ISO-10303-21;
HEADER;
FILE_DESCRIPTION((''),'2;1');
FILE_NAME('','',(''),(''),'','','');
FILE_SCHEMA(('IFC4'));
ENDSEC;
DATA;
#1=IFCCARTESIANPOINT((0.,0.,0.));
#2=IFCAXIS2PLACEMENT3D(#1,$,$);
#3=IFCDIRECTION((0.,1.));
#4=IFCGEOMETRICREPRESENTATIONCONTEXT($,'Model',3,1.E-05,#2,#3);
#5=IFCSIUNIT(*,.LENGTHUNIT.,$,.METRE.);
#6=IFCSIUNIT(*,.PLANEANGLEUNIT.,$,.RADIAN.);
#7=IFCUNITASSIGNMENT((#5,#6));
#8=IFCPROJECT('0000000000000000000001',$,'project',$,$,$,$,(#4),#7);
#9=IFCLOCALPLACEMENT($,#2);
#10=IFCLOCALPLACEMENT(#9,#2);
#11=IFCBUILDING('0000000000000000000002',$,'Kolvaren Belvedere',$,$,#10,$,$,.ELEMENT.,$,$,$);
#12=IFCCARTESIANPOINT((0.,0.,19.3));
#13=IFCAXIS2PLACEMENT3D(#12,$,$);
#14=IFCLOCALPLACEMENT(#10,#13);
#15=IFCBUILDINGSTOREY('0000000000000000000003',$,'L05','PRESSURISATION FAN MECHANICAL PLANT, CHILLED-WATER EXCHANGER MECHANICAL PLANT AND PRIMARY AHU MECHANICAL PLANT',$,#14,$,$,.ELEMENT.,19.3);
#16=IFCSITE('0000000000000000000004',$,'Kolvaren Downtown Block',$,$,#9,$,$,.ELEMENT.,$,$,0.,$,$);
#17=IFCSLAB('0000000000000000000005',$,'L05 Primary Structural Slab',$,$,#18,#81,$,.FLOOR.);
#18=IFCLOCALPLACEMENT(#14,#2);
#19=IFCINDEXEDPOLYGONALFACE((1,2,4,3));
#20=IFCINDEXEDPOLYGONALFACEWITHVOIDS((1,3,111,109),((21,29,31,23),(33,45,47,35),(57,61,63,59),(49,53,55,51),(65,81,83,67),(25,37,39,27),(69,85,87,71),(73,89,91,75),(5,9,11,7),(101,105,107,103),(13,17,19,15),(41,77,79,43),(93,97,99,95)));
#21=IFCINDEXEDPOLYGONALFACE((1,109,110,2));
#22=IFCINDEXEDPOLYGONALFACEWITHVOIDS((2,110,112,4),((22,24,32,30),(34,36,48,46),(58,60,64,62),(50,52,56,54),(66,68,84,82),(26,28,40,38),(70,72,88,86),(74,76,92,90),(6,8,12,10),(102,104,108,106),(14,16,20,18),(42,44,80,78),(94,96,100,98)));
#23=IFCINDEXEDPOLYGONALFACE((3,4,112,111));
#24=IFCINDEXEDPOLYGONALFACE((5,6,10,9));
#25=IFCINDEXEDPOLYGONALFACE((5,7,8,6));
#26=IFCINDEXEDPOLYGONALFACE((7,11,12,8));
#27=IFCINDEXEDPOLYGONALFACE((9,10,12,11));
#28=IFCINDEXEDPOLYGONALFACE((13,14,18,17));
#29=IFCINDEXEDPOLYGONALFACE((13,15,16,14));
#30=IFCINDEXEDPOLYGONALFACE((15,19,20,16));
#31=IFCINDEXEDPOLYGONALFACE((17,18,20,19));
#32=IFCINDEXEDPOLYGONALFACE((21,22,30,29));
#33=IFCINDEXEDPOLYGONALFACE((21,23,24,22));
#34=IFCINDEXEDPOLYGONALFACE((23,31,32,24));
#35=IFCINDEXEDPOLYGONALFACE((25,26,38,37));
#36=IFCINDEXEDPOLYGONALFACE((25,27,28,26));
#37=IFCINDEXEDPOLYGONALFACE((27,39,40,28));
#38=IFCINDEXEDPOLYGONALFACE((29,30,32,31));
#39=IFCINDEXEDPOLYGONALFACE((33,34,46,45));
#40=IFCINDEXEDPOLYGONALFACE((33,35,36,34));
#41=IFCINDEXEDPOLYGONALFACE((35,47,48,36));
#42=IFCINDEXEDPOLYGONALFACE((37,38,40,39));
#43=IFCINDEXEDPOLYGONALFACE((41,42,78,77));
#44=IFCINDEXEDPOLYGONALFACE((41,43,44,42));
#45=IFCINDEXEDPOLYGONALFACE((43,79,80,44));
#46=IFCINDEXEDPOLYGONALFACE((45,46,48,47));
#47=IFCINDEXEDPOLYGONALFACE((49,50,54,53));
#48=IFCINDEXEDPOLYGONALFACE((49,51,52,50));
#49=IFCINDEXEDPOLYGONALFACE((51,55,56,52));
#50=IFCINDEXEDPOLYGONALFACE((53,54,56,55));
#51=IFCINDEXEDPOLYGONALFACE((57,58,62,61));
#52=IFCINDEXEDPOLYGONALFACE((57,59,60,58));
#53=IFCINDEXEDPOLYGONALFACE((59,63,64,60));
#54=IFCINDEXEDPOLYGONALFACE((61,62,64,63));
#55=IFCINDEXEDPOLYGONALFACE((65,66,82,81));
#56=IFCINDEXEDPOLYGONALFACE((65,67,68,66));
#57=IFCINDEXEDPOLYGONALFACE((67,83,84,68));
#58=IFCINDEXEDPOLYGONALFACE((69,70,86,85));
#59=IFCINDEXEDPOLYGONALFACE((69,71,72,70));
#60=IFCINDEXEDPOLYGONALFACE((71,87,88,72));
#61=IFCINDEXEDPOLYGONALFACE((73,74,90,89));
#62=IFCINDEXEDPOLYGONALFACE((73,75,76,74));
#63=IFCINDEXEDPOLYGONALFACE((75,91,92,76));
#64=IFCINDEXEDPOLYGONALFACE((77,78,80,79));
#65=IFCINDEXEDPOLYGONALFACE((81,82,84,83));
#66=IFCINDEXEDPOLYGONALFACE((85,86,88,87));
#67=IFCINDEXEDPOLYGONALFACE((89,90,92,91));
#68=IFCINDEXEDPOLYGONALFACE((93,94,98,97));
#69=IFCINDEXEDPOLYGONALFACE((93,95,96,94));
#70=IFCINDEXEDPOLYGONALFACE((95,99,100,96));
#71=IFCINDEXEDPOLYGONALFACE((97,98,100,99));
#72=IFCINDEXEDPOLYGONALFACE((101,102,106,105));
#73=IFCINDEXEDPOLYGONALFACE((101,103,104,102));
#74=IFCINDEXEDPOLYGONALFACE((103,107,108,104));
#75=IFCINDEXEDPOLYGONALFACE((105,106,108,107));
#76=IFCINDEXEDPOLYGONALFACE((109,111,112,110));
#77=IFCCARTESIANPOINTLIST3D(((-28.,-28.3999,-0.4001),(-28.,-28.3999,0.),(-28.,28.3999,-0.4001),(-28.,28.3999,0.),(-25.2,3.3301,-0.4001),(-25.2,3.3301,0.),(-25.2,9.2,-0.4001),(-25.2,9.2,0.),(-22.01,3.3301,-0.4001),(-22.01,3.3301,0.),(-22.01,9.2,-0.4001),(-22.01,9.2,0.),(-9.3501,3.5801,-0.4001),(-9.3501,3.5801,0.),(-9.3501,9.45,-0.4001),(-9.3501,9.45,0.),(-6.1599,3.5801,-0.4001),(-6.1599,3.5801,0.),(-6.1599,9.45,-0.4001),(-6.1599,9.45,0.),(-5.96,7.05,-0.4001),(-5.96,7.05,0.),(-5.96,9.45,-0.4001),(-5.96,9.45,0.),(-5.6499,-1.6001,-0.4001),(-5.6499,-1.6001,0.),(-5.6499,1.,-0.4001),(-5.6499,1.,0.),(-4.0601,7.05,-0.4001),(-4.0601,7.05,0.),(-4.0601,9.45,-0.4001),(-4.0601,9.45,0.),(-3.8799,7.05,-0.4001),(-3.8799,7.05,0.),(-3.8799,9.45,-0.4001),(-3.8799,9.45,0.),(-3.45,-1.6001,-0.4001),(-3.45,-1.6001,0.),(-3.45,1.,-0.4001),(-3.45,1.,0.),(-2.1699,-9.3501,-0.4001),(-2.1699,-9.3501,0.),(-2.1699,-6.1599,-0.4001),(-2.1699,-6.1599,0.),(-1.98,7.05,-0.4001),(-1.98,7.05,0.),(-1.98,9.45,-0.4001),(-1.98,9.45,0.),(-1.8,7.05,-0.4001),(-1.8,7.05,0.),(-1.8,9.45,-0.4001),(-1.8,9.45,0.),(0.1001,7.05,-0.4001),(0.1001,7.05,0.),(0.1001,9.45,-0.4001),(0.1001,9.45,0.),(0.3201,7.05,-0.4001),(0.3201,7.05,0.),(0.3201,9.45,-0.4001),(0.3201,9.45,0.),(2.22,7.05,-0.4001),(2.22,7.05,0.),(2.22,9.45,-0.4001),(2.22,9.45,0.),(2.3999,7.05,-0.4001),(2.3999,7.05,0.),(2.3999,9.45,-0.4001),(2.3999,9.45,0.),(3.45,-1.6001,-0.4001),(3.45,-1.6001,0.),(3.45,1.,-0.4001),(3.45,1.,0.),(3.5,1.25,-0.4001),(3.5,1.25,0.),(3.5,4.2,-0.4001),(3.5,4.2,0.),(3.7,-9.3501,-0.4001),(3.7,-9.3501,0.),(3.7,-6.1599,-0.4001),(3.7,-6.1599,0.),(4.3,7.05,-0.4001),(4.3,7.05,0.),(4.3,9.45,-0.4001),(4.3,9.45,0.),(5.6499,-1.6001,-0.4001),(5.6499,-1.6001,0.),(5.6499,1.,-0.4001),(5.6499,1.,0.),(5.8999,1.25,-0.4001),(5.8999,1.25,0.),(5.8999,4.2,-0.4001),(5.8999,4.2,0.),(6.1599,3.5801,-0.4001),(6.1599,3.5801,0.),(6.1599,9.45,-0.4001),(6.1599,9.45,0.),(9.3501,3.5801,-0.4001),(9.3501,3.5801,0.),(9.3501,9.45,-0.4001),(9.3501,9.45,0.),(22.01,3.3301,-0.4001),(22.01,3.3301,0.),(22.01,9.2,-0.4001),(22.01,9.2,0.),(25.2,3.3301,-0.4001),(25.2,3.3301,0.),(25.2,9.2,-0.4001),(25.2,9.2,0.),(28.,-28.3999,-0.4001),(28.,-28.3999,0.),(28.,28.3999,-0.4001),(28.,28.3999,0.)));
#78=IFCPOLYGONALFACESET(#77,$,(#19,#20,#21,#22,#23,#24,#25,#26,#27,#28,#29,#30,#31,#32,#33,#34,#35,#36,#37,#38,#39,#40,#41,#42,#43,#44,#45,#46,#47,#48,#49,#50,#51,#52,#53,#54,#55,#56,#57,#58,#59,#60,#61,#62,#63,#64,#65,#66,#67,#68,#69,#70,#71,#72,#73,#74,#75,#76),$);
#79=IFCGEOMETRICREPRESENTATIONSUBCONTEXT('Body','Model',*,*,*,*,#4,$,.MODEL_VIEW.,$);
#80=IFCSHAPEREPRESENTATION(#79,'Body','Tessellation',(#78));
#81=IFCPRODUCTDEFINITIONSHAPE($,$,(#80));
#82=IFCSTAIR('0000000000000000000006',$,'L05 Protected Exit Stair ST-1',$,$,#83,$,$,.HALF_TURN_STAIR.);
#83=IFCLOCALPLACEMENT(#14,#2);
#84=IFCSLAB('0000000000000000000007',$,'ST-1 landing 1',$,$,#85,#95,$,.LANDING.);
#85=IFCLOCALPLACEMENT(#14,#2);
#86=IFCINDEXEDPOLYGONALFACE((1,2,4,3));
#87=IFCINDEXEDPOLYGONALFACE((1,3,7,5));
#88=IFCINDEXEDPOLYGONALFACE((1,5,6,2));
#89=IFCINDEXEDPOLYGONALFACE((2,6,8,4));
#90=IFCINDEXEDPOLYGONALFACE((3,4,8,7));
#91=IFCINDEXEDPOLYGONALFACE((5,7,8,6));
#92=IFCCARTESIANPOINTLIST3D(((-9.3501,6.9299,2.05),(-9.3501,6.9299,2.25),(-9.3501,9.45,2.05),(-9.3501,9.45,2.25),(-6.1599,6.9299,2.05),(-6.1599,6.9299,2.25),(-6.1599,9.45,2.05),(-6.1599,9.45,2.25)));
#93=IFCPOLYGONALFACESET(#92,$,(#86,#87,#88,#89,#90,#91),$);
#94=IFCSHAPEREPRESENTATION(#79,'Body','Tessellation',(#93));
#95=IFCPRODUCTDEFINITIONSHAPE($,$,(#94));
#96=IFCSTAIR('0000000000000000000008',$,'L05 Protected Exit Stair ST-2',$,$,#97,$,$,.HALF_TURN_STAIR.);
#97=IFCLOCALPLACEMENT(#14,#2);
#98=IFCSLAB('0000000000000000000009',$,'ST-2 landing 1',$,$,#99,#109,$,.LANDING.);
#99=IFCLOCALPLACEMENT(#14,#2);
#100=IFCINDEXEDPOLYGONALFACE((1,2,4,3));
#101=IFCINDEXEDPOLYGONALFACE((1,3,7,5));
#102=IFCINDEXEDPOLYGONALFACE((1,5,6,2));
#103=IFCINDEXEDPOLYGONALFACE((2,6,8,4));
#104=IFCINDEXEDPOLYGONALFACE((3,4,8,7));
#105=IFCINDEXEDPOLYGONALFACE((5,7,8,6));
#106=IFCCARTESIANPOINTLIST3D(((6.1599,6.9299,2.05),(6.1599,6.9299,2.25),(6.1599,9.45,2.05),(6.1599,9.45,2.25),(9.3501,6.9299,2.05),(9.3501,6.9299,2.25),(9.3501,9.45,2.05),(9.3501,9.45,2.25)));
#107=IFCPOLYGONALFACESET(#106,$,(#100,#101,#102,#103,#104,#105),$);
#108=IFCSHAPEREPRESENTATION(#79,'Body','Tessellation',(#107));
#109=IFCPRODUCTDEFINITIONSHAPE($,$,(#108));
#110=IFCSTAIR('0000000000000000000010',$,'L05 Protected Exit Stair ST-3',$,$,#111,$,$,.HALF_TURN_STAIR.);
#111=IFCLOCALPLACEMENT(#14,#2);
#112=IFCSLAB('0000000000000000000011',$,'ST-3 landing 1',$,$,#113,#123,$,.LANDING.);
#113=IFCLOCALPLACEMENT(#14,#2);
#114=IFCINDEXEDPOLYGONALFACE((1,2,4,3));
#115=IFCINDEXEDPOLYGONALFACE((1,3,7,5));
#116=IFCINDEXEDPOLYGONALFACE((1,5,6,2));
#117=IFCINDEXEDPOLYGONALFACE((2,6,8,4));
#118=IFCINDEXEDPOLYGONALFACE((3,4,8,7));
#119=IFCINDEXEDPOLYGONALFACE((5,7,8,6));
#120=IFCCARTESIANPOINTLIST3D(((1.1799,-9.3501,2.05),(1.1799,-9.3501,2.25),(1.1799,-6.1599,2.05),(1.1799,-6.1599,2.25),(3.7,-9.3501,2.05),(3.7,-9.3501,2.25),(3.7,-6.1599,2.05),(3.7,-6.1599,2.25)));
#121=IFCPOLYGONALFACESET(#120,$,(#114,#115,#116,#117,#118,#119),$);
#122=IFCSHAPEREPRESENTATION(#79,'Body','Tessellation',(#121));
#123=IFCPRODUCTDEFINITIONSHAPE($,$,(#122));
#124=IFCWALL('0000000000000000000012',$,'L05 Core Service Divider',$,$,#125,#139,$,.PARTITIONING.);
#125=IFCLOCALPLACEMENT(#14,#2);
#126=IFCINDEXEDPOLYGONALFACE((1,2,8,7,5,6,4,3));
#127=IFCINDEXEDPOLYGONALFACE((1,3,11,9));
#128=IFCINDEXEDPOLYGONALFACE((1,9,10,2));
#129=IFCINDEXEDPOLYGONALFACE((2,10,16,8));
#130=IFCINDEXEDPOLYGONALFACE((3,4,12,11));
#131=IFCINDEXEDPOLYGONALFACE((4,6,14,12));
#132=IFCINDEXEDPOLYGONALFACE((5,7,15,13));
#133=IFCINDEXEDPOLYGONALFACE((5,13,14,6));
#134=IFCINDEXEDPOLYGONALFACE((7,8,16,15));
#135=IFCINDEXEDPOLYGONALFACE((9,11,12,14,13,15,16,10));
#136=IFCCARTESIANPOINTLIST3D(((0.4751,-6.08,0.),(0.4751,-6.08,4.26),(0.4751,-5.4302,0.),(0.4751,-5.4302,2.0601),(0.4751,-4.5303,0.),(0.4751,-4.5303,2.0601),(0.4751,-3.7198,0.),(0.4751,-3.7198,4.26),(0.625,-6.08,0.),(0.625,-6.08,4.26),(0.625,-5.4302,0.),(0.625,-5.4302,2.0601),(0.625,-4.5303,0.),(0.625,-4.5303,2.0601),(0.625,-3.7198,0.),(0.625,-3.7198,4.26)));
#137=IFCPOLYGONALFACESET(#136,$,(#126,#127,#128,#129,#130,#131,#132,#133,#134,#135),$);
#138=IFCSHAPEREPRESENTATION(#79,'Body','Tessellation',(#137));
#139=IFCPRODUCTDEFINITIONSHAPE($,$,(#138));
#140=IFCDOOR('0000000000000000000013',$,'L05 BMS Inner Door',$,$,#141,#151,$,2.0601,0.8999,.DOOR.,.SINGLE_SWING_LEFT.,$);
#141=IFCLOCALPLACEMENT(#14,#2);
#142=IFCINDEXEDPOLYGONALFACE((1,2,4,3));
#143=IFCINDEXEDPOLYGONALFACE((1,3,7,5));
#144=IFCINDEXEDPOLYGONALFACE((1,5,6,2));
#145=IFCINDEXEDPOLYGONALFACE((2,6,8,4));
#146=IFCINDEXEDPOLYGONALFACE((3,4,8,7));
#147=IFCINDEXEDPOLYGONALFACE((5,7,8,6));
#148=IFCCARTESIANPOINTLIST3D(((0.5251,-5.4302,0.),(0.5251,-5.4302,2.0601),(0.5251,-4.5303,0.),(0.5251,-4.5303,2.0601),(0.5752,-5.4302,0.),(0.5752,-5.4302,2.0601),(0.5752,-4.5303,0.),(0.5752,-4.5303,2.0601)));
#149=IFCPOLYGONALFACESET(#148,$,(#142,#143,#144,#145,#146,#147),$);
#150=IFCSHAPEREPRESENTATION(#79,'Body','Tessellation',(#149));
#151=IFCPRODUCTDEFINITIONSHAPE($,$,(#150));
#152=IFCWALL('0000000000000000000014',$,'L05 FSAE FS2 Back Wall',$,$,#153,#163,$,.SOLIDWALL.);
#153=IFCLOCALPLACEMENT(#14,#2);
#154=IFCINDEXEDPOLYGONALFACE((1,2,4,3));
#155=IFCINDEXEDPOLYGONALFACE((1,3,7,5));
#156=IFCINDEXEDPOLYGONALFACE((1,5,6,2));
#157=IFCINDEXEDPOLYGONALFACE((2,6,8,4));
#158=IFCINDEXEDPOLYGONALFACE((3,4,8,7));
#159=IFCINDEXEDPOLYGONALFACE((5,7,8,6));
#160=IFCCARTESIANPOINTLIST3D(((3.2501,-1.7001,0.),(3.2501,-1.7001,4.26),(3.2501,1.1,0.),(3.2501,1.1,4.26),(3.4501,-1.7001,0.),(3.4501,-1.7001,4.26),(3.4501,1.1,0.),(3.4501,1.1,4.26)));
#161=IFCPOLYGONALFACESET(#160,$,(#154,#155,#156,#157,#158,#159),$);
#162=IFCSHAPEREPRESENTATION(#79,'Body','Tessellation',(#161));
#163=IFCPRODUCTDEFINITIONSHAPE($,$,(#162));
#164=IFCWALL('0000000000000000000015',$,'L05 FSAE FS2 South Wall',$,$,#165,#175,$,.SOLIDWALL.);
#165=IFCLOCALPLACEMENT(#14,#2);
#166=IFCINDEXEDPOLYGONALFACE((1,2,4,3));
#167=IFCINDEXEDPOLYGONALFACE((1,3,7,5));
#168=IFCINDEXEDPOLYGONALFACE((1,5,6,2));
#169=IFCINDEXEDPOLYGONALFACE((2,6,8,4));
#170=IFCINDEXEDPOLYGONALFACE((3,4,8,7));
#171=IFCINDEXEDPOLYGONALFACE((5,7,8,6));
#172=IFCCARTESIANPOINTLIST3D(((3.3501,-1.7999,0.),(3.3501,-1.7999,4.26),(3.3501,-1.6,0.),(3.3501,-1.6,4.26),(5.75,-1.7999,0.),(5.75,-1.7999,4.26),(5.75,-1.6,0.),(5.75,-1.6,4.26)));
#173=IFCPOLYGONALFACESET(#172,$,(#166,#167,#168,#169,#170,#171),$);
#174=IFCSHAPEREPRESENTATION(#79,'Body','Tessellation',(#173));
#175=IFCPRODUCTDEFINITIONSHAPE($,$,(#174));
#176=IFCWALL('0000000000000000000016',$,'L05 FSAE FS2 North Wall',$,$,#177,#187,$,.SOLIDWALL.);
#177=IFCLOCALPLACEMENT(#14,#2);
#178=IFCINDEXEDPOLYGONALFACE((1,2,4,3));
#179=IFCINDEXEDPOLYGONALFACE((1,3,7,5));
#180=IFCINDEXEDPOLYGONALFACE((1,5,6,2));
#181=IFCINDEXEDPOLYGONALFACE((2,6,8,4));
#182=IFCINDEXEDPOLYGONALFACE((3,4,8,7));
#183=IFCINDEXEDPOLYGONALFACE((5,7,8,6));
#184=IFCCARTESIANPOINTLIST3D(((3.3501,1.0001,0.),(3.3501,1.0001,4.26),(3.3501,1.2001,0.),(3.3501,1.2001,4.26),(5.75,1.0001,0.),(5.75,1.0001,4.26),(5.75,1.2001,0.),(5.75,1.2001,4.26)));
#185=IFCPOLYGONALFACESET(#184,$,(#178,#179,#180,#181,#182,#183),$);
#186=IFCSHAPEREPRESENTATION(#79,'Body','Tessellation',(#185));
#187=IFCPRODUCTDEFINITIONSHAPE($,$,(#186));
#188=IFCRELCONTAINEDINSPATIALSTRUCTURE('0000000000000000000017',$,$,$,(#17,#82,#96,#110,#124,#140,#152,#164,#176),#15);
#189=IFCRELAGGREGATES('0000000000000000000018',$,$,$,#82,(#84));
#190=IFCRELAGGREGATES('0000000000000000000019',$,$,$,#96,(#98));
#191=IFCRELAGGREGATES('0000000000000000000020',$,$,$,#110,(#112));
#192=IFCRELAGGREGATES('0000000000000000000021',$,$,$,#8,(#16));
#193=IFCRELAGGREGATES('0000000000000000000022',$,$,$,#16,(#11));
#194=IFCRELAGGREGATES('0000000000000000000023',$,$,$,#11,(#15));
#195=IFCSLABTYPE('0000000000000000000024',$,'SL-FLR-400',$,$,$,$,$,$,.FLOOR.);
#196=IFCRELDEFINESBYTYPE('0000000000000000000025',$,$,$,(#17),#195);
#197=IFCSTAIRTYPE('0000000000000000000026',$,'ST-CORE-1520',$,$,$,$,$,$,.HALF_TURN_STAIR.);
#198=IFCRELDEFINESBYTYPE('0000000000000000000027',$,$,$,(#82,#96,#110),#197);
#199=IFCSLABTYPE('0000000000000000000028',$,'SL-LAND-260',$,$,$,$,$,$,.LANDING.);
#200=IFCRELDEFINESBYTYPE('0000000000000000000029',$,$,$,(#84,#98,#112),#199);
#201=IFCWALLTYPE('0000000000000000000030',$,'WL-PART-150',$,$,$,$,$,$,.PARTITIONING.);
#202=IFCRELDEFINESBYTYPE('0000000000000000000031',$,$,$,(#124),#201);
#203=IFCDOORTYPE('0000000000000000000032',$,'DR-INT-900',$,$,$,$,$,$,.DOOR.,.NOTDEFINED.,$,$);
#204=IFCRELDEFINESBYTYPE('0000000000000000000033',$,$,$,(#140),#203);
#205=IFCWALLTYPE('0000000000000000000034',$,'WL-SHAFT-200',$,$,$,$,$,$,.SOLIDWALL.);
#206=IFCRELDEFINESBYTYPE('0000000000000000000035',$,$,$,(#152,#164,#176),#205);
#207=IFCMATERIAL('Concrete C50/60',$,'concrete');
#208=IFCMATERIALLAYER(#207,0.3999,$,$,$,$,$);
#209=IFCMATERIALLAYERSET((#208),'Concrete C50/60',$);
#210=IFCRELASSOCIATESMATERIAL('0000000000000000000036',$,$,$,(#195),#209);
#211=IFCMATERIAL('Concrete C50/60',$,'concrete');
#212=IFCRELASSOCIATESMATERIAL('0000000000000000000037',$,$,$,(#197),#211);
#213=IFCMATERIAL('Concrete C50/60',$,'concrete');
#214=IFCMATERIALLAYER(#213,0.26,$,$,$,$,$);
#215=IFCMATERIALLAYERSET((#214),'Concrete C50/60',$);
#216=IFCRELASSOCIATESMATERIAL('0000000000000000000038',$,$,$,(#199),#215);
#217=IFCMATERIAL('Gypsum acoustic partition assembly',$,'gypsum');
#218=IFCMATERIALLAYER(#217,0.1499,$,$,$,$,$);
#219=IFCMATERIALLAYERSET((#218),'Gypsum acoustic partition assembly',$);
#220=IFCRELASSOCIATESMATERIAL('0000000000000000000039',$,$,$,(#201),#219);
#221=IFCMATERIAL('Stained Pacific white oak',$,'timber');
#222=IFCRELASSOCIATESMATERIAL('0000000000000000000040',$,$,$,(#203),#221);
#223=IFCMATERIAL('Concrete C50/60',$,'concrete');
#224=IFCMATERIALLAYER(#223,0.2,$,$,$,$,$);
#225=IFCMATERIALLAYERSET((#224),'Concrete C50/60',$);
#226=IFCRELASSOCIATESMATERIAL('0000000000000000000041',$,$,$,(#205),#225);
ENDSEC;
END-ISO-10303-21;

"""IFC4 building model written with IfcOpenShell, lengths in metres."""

from ifc_helpers import new_model, si_unit, direction, frame, frame_2d, origin, place, context, subcontext, project, spatial, polyline, rectangle, outline, extrude, material, layer, layer_set, type_object, element, fill, aggregate, save


model = new_model("IFC4")

# Units and contexts
model_context = context("Model", 3, precision=1e-05, world=origin(), true_north=direction((0.0, 1.0)))
body_context = subcontext(model_context, "Body", "Model", "MODEL_VIEW")
ifc_project = project(units=[si_unit("LENGTHUNIT", "METRE"), si_unit("PLANEANGLEUNIT", "RADIAN")], contexts=[model_context])

# Site, building, storey
site_placement = place(None, origin())
site = spatial("IfcSite", under=ifc_project, at=site_placement, Name="Kolvaren Downtown Block", CompositionType="ELEMENT", RefElevation=0.0)
building_placement = place(site_placement, origin())
building = spatial("IfcBuilding", under=site, at=building_placement, Name="Kolvaren Belvedere", CompositionType="ELEMENT")
storey_placement = place(building_placement, frame((0.0, 0.0, 19.3)))
storey = spatial("IfcBuildingStorey", under=building, at=storey_placement, Name="L05", Description="PRESSURISATION FAN MECHANICAL PLANT, CHILLED-WATER EXCHANGER MECHANICAL PLANT AND PRIMARY AHU MECHANICAL PLANT", CompositionType="ELEMENT", Elevation=19.3)

# Slab
ifc_material_1 = material(Name="Concrete C50/60", Category="concrete")
ifc_layer_1 = layer(ifc_material_1, 0.3999)
ifc_layer_set_1 = layer_set([ifc_layer_1], Name="Concrete C50/60")
slab_type_1 = type_object("IfcSlabType", Name="SL-FLR-400", PredefinedType="FLOOR", material=ifc_layer_set_1)
slab_1_placement = place(storey_placement, frame((0.0, 0.0, -0.4001)))
element("IfcSlab", 1, at=slab_1_placement, inside=storey, type_object=slab_type_1, Name="L05 Primary Structural Slab", PredefinedType="FLOOR", context=body_context, shape_type="SweptSolid", body=[
    extrude(outline(polyline([(-28.0, -28.3999), (28.0, -28.3999), (28.0, 28.3999), (-28.0, 28.3999), (-28.0, -28.3999)]), holes=[polyline([(-9.3501, 3.5801), (-6.1599, 3.5801), (-6.1599, 9.45), (-9.3501, 9.45), (-9.3501, 3.5801)]), polyline([(6.1599, 3.5801), (9.3501, 3.5801), (9.3501, 9.45), (6.1599, 9.45), (6.1599, 3.5801)]), polyline([(-2.1699, -9.3501), (3.7, -9.3501), (3.7, -6.1599), (-2.1699, -6.1599), (-2.1699, -9.3501)]), polyline([(-25.2, 3.3301), (-22.01, 3.3301), (-22.01, 9.2), (-25.2, 9.2), (-25.2, 3.3301)]), polyline([(22.01, 3.3301), (25.2, 3.3301), (25.2, 9.2), (22.01, 9.2), (22.01, 3.3301)]), polyline([(-5.6499, -1.6001), (-3.45, -1.6001), (-3.45, 1.0), (-5.6499, 1.0), (-5.6499, -1.6001)]), polyline([(3.5, 1.25), (5.8999, 1.25), (5.8999, 4.2), (3.5, 4.2), (3.5, 1.25)]), polyline([(3.45, -1.6001), (5.6499, -1.6001), (5.6499, 1.0), (3.45, 1.0), (3.45, -1.6001)]), polyline([(-5.96, 7.05), (-4.0601, 7.05), (-4.0601, 9.45), (-5.96, 9.45), (-5.96, 7.05)]), polyline([(-3.8799, 7.05), (-1.98, 7.05), (-1.98, 9.45), (-3.8799, 9.45), (-3.8799, 7.05)]), polyline([(-1.8, 7.05), (0.1001, 7.05), (0.1001, 9.45), (-1.8, 9.45), (-1.8, 7.05)]), polyline([(0.3201, 7.05), (2.22, 7.05), (2.22, 9.45), (0.3201, 9.45), (0.3201, 7.05)]), polyline([(2.3999, 7.05), (4.3, 7.05), (4.3, 9.45), (2.3999, 9.45), (2.3999, 7.05)])]), origin(), (0.0, 0.0, 1.0), 0.4001),
])

# Stairs, slabs
ifc_material_2 = material(Name="Concrete C50/60", Category="concrete")
stair_type = type_object("IfcStairType", Name="ST-CORE-1520", PredefinedType="HALF_TURN_STAIR", material=ifc_material_2)
stair_1_placement = place(storey_placement, origin())
stair_1 = element("IfcStair", 2, at=stair_1_placement, inside=storey, type_object=stair_type, Name="L05 Protected Exit Stair ST-1", PredefinedType="HALF_TURN_STAIR")
ifc_material_3 = material(Name="Concrete C50/60", Category="concrete")
ifc_layer_2 = layer(ifc_material_3, 0.26)
ifc_layer_set_2 = layer_set([ifc_layer_2], Name="Concrete C50/60")
slab_type_2 = type_object("IfcSlabType", Name="SL-LAND-260", PredefinedType="LANDING", material=ifc_layer_set_2)
slab_2_placement = place(storey_placement, frame((0.0, 0.0, 2.05)))
slab_2 = element("IfcSlab", 3, at=slab_2_placement, type_object=slab_type_2, Name="ST-1 landing 1", PredefinedType="LANDING", context=body_context, shape_type="SweptSolid", body=[
    extrude(outline(polyline([(-6.1599, 6.9299), (-6.1599, 9.45), (-9.3501, 9.45), (-9.3501, 6.9299), (-6.1599, 6.9299)])), origin(), (0.0, 0.0, 1.0), 0.2),
])
aggregate(stair_1, [slab_2])
stair_2_placement = place(storey_placement, origin())
stair_2 = element("IfcStair", 4, at=stair_2_placement, inside=storey, type_object=stair_type, Name="L05 Protected Exit Stair ST-2", PredefinedType="HALF_TURN_STAIR")
slab_3_placement = place(storey_placement, frame((0.0, 0.0, 2.05)))
slab_3 = element("IfcSlab", 5, at=slab_3_placement, type_object=slab_type_2, Name="ST-2 landing 1", PredefinedType="LANDING", context=body_context, shape_type="SweptSolid", body=[
    extrude(outline(polyline([(9.3501, 6.9299), (9.3501, 9.45), (6.1599, 9.45), (6.1599, 6.9299), (9.3501, 6.9299)])), origin(), (0.0, 0.0, 1.0), 0.2),
])
aggregate(stair_2, [slab_3])
stair_3_placement = place(storey_placement, origin())
stair_3 = element("IfcStair", 6, at=stair_3_placement, inside=storey, type_object=stair_type, Name="L05 Protected Exit Stair ST-3", PredefinedType="HALF_TURN_STAIR")
slab_4_placement = place(storey_placement, frame((0.0, 0.0, 2.05)))
slab_4 = element("IfcSlab", 7, at=slab_4_placement, type_object=slab_type_2, Name="ST-3 landing 1", PredefinedType="LANDING", context=body_context, shape_type="SweptSolid", body=[
    extrude(outline(polyline([(1.1799, -9.3501), (3.7, -9.3501), (3.7, -6.1599), (1.1799, -6.1599), (1.1799, -9.3501)])), origin(), (0.0, 0.0, 1.0), 0.2),
])

# Wall, opening, door
ifc_material_4 = material(Name="Gypsum acoustic partition assembly", Category="gypsum")
ifc_layer_3 = layer(ifc_material_4, 0.1499)
ifc_layer_set_3 = layer_set([ifc_layer_3], Name="Gypsum acoustic partition assembly")
wall_type_1 = type_object("IfcWallType", Name="WL-PART-150", PredefinedType="PARTITIONING", material=ifc_layer_set_3)
wall_1_placement = place(storey_placement, frame((0.55, -6.0801, 0.0), z_axis=(0.0, 0.0, 1.0), x_axis=(0.0, 1.0, 0.0)))
wall_1 = element("IfcWall", 8, at=wall_1_placement, inside=storey, type_object=wall_type_1, Name="L05 Core Service Divider", PredefinedType="PARTITIONING", context=body_context, shape_type="SweptSolid", body=[
    extrude(rectangle(XDim=2.3601, YDim=0.1499, at=frame_2d((1.1802, 0.0))), origin(), (0.0, 0.0, 1.0), 4.26),
])
opening_placement = place(wall_1_placement, frame((0.6499, 0.0, 0.0)))
opening = element("IfcOpeningElement", 9, at=opening_placement, cuts=wall_1, PredefinedType="OPENING", context=body_context, shape_type="SweptSolid", body=[
    extrude(rectangle(XDim=0.8999, YDim=2.0601, at=frame_2d((0.45, 1.03))), frame((0.0, 0.085, 0.0), z_axis=(0.0, -1.0, 0.0), x_axis=(1.0, 0.0, 0.0)), (0.0, 0.0, 1.0), 0.1699),
])
ifc_material_5 = material(Name="Stained Pacific white oak", Category="timber")
door_type = type_object("IfcDoorType", Name="DR-INT-900", OperationType="NOTDEFINED", PredefinedType="DOOR", material=ifc_material_5)
door_placement = place(opening_placement, origin())
door = element("IfcDoor", 10, at=door_placement, inside=storey, type_object=door_type, Name="L05 BMS Inner Door", OperationType="SINGLE_SWING_LEFT", OverallHeight=2.0601, OverallWidth=0.8999, PredefinedType="DOOR", context=body_context, shape_type="SweptSolid", body=[
    extrude(rectangle(XDim=0.8999, YDim=2.0601, at=frame_2d((0.45, 1.03))), frame((0.0, 0.0249, 0.0), z_axis=(0.0, -1.0, 0.0), x_axis=(1.0, 0.0, 0.0)), (0.0, 0.0, 1.0), 0.05),
])
fill(opening, door)

# Walls
ifc_material_6 = material(Name="Concrete C50/60", Category="concrete")
ifc_layer_4 = layer(ifc_material_6, 0.2)
ifc_layer_set_4 = layer_set([ifc_layer_4], Name="Concrete C50/60")
wall_type_2 = type_object("IfcWallType", Name="WL-SHAFT-200", PredefinedType="SOLIDWALL", material=ifc_layer_set_4)
wall_2_placement = place(storey_placement, frame((3.3501, -1.7, 0.0), z_axis=(0.0, 0.0, 1.0), x_axis=(0.0, 1.0, 0.0)))
element("IfcWall", 11, at=wall_2_placement, inside=storey, type_object=wall_type_2, Name="L05 FSAE FS2 Back Wall", PredefinedType="SOLIDWALL", context=body_context, shape_type="SweptSolid", body=[
    extrude(rectangle(XDim=2.8, YDim=0.2, at=frame_2d((1.3999, 0.0))), origin(), (0.0, 0.0, 1.0), 4.26),
])
for number, where, z_axis, x_axis, name in (
    (12, (3.3501, -1.7, 0.0), (0.0, 0.0, 1.0), (1.0, 0.0, 0.0), "L05 FSAE FS2 South Wall"),
    (13, (3.3501, 1.1001, 0.0), (0.0, 0.0, 1.0), (1.0, 0.0, 0.0), "L05 FSAE FS2 North Wall"),
):
    element("IfcWall", number, at=place(storey_placement, frame(where, z_axis=z_axis, x_axis=x_axis)), inside=storey, type_object=wall_type_2, Name=name, PredefinedType="SOLIDWALL", context=body_context, shape_type="SweptSolid", body=[
        extrude(rectangle(XDim=2.3999, YDim=0.2, at=frame_2d((1.2, 0.0))), origin(), (0.0, 0.0, 1.0), 4.26),
    ])

aggregate(stair_3, [slab_4])

save(model, "model.ifc")
